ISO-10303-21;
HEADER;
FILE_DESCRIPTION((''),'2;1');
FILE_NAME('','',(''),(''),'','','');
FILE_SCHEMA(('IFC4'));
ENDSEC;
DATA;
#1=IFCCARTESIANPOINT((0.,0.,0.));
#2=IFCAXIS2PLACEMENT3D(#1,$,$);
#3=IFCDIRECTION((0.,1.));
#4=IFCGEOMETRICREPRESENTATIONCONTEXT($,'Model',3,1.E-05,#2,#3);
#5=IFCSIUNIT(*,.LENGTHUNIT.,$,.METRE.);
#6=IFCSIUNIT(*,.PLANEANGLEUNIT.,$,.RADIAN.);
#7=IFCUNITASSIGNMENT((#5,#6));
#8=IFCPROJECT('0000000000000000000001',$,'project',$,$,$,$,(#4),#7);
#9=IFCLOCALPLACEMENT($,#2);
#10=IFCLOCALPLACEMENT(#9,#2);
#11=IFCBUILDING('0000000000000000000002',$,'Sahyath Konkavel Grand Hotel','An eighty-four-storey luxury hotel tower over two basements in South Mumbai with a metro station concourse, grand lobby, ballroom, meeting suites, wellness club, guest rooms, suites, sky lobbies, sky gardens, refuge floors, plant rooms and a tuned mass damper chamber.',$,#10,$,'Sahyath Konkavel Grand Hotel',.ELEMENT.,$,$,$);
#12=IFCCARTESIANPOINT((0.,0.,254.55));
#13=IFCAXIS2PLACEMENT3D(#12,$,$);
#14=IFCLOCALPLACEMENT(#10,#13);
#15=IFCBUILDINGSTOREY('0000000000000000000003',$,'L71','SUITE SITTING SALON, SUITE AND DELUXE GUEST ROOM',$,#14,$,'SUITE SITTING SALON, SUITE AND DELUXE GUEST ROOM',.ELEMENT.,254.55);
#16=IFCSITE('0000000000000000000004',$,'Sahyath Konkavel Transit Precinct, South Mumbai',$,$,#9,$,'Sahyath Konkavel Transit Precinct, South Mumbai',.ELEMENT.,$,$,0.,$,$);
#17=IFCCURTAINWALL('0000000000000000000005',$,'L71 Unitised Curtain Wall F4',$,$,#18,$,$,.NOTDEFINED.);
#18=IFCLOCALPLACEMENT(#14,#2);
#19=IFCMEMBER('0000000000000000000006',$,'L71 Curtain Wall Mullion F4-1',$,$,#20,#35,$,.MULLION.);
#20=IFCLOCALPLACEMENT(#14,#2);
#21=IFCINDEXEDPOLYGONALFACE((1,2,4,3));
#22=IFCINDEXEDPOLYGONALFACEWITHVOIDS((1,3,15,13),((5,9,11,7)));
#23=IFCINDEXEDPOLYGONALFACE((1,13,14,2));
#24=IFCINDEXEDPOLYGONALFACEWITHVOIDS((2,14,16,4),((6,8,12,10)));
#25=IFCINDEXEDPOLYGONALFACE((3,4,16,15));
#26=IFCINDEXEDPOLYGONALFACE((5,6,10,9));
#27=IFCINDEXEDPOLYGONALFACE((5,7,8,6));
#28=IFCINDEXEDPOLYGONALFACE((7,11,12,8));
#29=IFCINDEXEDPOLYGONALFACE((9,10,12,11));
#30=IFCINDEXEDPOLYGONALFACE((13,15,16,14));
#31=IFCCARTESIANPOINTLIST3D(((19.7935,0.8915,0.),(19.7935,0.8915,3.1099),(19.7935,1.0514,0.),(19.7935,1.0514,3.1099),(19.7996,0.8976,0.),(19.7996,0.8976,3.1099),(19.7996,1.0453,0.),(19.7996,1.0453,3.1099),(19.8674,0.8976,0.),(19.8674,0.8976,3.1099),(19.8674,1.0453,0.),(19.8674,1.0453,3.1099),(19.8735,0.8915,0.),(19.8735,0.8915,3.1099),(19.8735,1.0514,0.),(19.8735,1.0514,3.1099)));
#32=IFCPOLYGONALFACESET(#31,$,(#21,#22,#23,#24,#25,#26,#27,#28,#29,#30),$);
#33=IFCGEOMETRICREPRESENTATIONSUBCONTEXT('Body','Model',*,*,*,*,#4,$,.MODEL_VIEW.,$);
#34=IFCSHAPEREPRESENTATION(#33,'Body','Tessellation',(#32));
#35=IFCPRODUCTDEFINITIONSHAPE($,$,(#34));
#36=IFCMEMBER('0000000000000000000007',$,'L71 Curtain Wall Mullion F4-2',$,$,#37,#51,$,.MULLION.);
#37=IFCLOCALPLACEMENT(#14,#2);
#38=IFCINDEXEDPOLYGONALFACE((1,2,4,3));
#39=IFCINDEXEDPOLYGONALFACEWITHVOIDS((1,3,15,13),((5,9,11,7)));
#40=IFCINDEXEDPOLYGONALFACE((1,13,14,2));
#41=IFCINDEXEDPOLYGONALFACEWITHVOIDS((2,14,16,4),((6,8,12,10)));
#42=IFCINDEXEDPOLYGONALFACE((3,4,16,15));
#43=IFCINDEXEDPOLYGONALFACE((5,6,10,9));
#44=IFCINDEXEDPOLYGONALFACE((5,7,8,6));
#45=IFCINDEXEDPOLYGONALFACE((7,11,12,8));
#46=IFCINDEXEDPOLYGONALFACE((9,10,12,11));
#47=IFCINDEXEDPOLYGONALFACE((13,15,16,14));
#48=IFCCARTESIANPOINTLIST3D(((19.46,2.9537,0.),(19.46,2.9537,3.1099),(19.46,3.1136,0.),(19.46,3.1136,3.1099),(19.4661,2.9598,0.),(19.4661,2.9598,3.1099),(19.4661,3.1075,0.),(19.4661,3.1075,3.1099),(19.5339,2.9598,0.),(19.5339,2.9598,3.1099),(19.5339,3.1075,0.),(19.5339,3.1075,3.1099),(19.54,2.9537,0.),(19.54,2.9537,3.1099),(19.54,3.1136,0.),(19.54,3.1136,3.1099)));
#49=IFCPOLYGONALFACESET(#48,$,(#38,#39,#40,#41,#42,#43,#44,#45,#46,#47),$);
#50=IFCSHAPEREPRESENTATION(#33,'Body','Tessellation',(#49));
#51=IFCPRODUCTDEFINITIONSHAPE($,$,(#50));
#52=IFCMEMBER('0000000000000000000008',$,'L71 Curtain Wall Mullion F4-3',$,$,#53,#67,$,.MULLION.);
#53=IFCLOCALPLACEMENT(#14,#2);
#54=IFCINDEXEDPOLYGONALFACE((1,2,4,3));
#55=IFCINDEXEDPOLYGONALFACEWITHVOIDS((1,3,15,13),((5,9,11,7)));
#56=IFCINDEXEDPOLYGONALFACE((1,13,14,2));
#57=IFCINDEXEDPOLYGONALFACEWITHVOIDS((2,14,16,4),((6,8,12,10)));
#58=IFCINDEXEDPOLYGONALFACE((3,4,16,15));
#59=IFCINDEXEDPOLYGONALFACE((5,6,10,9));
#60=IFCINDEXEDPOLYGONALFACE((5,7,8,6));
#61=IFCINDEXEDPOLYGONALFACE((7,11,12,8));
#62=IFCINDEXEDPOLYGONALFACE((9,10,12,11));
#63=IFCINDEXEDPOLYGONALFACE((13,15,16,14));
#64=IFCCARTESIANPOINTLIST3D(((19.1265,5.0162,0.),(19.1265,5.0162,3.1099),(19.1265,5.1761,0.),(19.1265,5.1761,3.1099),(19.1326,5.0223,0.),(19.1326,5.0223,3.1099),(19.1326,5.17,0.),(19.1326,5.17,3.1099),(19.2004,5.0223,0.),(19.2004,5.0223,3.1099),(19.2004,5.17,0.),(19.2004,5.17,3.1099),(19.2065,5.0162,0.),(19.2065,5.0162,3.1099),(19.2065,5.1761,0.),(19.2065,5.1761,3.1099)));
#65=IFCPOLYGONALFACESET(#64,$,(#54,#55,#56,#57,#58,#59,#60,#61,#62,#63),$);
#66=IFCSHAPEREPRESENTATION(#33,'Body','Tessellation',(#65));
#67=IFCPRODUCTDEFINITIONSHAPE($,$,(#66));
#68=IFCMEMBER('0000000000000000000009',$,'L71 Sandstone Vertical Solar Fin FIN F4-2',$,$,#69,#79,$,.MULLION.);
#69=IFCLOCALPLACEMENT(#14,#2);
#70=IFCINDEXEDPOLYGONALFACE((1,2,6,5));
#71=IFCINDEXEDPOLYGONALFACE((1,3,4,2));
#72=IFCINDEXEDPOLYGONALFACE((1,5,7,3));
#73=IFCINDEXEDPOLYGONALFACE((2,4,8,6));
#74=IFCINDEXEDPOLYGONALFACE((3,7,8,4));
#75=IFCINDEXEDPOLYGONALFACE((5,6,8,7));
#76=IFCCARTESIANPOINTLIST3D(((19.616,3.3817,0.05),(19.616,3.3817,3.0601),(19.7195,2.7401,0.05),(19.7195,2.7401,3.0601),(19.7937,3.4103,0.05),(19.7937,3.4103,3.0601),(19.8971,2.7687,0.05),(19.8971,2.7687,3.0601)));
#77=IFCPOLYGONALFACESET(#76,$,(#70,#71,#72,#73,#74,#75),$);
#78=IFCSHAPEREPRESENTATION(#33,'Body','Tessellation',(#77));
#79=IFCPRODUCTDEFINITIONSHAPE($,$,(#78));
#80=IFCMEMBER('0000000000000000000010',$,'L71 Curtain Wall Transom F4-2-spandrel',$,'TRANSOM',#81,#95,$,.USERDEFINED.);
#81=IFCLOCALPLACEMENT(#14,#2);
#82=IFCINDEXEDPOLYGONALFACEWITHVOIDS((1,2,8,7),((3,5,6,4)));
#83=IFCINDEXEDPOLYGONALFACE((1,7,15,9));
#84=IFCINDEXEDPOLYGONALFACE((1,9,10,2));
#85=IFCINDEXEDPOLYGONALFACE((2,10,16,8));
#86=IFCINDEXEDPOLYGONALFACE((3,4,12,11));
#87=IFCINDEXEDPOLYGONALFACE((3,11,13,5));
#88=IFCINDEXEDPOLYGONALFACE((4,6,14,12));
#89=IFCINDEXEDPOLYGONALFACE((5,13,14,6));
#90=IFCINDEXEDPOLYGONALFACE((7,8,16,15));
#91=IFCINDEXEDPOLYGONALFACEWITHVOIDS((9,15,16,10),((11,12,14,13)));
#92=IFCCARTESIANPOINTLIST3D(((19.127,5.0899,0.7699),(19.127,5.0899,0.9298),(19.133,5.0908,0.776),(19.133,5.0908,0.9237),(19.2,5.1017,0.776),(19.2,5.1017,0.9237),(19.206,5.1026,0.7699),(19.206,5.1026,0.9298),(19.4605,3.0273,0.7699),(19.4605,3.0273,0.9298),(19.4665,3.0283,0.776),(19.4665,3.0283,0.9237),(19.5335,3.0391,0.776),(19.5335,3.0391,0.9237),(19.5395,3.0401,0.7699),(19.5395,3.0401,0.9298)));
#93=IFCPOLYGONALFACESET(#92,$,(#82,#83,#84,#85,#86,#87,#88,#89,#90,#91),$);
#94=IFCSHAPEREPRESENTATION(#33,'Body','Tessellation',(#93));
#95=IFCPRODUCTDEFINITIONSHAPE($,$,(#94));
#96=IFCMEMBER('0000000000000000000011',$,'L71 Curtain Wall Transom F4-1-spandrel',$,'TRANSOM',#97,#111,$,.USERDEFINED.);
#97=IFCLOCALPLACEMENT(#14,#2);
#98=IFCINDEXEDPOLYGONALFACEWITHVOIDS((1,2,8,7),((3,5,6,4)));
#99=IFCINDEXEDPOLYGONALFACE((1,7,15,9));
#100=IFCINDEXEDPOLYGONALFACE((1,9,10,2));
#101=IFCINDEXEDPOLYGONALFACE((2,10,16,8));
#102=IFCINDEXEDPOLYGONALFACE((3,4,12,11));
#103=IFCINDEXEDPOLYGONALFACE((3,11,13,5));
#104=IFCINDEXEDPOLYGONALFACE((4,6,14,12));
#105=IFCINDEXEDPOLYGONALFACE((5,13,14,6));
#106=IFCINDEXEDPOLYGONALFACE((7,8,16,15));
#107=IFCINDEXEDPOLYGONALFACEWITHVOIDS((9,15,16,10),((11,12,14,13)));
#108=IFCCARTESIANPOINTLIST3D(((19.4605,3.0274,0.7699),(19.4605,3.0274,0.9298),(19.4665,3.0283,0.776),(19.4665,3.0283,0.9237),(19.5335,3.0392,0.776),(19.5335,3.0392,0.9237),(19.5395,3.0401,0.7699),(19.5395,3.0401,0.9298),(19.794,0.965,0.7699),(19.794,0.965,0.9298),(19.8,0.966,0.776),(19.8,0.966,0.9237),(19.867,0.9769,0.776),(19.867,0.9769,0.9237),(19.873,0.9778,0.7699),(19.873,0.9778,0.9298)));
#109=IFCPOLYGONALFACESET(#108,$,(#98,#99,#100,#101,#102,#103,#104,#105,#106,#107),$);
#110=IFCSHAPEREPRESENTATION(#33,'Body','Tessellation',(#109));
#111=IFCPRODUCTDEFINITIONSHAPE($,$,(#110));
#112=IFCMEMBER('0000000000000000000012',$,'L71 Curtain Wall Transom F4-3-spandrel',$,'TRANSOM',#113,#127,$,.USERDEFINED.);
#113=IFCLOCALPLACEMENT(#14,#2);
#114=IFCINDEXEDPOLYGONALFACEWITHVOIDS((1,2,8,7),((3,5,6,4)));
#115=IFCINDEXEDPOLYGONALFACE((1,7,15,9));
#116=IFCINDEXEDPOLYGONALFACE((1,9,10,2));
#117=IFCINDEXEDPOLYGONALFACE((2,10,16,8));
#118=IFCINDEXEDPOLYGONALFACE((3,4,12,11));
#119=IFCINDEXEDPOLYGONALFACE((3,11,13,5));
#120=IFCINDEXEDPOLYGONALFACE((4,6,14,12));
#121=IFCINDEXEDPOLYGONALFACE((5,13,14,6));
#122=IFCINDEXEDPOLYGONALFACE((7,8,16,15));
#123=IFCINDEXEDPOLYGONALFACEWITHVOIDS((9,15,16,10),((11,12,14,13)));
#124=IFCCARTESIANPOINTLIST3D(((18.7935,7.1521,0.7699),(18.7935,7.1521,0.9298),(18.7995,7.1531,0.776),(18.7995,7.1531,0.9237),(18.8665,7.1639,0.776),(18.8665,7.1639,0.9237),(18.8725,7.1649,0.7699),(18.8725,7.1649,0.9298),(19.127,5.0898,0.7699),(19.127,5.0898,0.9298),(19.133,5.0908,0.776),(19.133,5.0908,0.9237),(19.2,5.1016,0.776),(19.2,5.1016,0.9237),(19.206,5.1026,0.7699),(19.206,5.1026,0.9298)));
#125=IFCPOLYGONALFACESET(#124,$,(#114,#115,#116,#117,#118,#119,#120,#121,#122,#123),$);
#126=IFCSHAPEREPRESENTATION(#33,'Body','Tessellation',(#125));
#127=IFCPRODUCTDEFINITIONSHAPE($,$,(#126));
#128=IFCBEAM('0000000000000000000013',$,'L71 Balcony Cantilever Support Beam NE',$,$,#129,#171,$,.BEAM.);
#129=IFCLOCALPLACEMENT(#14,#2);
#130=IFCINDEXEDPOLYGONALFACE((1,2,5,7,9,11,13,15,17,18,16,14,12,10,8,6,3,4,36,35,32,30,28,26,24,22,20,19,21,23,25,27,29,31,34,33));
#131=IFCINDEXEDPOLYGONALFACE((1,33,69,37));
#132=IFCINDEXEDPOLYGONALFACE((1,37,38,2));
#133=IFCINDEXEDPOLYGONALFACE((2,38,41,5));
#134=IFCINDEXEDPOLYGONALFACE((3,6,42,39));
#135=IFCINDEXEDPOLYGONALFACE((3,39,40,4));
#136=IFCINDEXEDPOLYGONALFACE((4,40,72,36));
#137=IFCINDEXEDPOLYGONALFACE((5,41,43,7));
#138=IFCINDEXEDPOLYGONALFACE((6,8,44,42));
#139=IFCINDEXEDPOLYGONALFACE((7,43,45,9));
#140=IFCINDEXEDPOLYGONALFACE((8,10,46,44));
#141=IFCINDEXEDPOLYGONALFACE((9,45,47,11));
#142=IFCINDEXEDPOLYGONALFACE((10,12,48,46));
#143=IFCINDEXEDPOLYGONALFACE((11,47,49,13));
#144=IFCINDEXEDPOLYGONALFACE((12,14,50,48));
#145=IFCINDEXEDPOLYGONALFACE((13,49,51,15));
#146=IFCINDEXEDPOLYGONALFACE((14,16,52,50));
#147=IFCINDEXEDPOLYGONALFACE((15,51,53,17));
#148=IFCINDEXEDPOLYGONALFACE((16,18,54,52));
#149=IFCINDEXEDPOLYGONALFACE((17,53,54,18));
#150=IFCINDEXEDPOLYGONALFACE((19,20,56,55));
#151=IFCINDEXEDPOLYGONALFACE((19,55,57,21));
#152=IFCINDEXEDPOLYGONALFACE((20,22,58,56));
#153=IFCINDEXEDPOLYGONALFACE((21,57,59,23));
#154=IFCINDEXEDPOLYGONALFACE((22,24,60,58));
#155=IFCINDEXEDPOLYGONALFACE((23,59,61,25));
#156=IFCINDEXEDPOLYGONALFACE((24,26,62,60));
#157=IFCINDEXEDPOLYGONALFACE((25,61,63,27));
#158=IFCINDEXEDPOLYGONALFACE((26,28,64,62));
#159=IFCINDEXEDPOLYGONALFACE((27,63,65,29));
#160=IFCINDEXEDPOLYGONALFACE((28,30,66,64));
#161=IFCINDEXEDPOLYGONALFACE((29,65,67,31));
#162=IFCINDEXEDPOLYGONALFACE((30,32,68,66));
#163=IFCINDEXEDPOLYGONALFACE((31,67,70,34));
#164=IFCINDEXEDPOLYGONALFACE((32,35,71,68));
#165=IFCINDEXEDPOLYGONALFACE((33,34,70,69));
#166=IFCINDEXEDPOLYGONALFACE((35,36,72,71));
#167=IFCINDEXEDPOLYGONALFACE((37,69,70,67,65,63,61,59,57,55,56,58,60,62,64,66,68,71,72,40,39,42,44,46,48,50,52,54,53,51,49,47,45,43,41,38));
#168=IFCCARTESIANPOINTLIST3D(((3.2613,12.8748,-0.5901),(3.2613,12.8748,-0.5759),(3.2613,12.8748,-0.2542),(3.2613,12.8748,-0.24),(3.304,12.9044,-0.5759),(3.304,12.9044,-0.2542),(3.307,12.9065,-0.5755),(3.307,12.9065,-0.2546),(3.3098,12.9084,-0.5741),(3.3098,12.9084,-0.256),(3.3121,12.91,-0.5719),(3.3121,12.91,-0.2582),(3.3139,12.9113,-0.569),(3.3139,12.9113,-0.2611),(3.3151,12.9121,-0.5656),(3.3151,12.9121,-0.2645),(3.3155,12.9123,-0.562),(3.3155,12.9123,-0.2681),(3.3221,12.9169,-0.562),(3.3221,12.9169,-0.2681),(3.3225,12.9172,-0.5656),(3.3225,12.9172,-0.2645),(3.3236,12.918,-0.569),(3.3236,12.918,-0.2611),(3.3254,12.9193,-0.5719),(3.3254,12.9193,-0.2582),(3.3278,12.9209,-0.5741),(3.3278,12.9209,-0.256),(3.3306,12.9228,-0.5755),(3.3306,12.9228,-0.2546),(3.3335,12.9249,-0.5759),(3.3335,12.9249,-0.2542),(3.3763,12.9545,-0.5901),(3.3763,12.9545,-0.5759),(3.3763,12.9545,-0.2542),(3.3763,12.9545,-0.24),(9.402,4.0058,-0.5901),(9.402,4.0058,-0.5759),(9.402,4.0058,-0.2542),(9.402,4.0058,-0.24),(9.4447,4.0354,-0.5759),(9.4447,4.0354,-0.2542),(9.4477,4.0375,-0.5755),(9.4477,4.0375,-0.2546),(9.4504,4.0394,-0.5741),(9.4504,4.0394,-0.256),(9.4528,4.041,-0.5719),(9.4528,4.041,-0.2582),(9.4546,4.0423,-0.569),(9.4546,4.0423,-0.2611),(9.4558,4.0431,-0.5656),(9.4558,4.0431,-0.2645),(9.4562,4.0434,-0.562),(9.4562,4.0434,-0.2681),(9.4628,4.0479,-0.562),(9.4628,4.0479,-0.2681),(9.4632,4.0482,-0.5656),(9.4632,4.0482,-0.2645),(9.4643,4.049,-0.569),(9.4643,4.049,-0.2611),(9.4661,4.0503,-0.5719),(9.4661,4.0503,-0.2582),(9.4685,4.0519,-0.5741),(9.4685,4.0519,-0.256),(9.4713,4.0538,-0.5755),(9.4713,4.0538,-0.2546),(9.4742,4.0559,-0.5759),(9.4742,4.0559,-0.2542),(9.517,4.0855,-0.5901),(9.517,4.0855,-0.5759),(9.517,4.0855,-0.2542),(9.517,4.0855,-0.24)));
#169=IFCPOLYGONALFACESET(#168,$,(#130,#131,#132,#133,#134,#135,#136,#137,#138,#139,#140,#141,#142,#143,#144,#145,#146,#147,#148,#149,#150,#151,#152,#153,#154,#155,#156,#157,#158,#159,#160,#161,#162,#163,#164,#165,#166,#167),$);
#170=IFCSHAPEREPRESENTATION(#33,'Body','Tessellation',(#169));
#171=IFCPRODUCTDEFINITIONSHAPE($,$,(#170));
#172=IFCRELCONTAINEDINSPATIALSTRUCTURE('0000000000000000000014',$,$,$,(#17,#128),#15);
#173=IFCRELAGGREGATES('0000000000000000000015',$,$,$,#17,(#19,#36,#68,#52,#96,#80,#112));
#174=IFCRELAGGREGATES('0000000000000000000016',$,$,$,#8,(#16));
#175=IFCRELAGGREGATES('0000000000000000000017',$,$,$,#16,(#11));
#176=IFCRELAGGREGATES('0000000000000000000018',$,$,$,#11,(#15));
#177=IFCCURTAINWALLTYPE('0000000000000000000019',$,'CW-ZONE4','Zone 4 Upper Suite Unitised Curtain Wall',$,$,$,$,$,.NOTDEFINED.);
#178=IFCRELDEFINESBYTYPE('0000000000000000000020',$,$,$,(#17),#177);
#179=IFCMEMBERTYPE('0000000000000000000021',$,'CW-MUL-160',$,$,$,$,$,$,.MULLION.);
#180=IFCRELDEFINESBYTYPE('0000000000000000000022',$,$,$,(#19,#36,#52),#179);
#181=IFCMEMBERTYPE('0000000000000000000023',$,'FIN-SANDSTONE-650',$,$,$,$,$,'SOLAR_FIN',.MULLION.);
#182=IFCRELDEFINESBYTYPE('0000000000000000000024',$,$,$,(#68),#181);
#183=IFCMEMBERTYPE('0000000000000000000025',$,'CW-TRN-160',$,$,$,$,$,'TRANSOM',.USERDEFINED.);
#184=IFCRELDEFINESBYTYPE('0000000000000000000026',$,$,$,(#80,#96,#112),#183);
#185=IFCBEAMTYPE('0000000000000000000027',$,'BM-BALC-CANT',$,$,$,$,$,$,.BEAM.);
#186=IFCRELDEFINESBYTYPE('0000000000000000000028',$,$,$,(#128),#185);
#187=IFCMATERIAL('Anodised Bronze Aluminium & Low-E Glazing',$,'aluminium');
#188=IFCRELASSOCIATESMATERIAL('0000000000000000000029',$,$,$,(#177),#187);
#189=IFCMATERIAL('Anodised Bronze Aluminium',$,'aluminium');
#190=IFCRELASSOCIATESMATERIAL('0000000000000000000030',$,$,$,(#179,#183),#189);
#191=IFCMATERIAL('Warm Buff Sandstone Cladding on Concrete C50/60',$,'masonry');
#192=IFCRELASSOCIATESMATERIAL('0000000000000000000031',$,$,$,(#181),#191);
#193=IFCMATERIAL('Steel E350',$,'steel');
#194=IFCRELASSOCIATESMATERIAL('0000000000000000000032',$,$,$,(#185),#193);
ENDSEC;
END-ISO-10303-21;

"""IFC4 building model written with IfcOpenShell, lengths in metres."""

from ifc_helpers import new_model, si_unit, direction, frame, origin, origin_2d, place, context, subcontext, project, spatial, rectangle, hollow_rectangle, i_section, extrude, source, transform, mapped, material, material_profile, profile_set, type_object, element, aggregate, save


model = new_model("IFC4")

# Units and contexts
model_context = context("Model", 3, precision=1e-05, world=origin(), true_north=direction((0.0, 1.0)))
body_context = subcontext(model_context, "Body", "Model", "MODEL_VIEW")
ifc_project = project(units=[si_unit("LENGTHUNIT", "METRE"), si_unit("PLANEANGLEUNIT", "RADIAN")], contexts=[model_context])

# Site, building, storey
site_placement = place(None, origin())
site = spatial("IfcSite", under=ifc_project, at=site_placement, Name="Sahyath Konkavel Transit Precinct, South Mumbai", LongName="Sahyath Konkavel Transit Precinct, South Mumbai", CompositionType="ELEMENT", RefElevation=0.0)
building_placement = place(site_placement, origin())
building = spatial("IfcBuilding", under=site, at=building_placement, Name="Sahyath Konkavel Grand Hotel", Description="An eighty-four-storey luxury hotel tower over two basements in South Mumbai with a metro station concourse, grand lobby, ballroom, meeting suites, wellness club, guest rooms, suites, sky lobbies, sky gardens, refuge floors, plant rooms and a tuned mass damper chamber.", LongName="Sahyath Konkavel Grand Hotel", CompositionType="ELEMENT")
storey_placement = place(building_placement, frame((0.0, 0.0, 254.55)))
storey = spatial("IfcBuildingStorey", under=building, at=storey_placement, Name="L71", Description="SUITE SITTING SALON, SUITE AND DELUXE GUEST ROOM", LongName="SUITE SITTING SALON, SUITE AND DELUXE GUEST ROOM", CompositionType="ELEMENT", Elevation=254.55)

# Curtain wall, members
ifc_material_1 = material(Name="Anodised Bronze Aluminium & Low-E Glazing", Category="aluminium")
curtain_wall_type = type_object("IfcCurtainWallType", Name="CW-ZONE4", Description="Zone 4 Upper Suite Unitised Curtain Wall", PredefinedType="NOTDEFINED", material=ifc_material_1)
curtain_wall_1_placement = place(storey_placement, origin())
curtain_wall_1 = element("IfcCurtainWall", 1, at=curtain_wall_1_placement, inside=storey, type_object=curtain_wall_type, Name="L71 Unitised Curtain Wall F4", PredefinedType="NOTDEFINED")
ifc_material_2 = material(Name="Anodised Bronze Aluminium", Category="aluminium")
ifc_material_profile_1 = material_profile(ifc_material_2, hollow_rectangle(XDim=0.0801, YDim=0.1599, WallThickness=0.0061, at=origin_2d()), Name="RHS 160x80x6")
ifc_profile_set_1 = profile_set([ifc_material_profile_1], Name="Anodised Bronze Aluminium")
member_type_1 = type_object("IfcMemberType", Name="CW-MUL-160", PredefinedType="MULLION", material=ifc_profile_set_1)
shared_shape_1 = source(origin(), body_context, "Body", "SweptSolid", [
    extrude(hollow_rectangle(XDim=0.0801, YDim=0.1599, WallThickness=0.0061, at=origin_2d()), origin(), (0.0, 0.0, 1.0), 3.1099),
])
member_1_placement = place(storey_placement, frame((19.8335, 0.9714, 0.0), z_axis=(0.0, 0.0, 1.0), x_axis=(1.0, 0.0, 0.0)))
member_1 = element("IfcMember", 2, at=member_1_placement, type_object=member_type_1, Name="L71 Curtain Wall Mullion F4-1", PredefinedType="MULLION", context=body_context, shape_type="MappedRepresentation", body=[
    mapped(shared_shape_1, transform((0.0, 0.0, 0.0), scale=1.0)),
])
member_2_placement = place(storey_placement, frame((19.5, 3.0337, 0.0), z_axis=(0.0, 0.0, 1.0), x_axis=(1.0, 0.0, 0.0)))
member_2 = element("IfcMember", 3, at=member_2_placement, type_object=member_type_1, Name="L71 Curtain Wall Mullion F4-2", PredefinedType="MULLION", context=body_context, shape_type="MappedRepresentation", body=[
    mapped(shared_shape_1, transform((0.0, 0.0, 0.0), scale=1.0)),
])
member_3_placement = place(storey_placement, frame((19.1665, 5.0962, 0.0), z_axis=(0.0, 0.0, 1.0), x_axis=(1.0, 0.0, 0.0)))
member_3 = element("IfcMember", 4, at=member_3_placement, type_object=member_type_1, Name="L71 Curtain Wall Mullion F4-3", PredefinedType="MULLION", context=body_context, shape_type="MappedRepresentation", body=[
    mapped(shared_shape_1, transform((0.0, 0.0, 0.0), scale=1.0)),
])
ifc_material_3 = material(Name="Warm Buff Sandstone Cladding on Concrete C50/60", Category="masonry")
ifc_material_profile_2 = material_profile(ifc_material_3, rectangle(XDim=0.1799, YDim=0.6499, at=origin_2d()), Name="FIN 180x650")
ifc_profile_set_2 = profile_set([ifc_material_profile_2], Name="Warm Buff Sandstone Cladding on Concrete C50/60")
member_type_2 = type_object("IfcMemberType", Name="FIN-SANDSTONE-650", ElementType="SOLAR_FIN", PredefinedType="MULLION", material=ifc_profile_set_2)
shared_shape_2 = source(origin(), body_context, "Body", "SweptSolid", [
    extrude(rectangle(XDim=0.1799, YDim=0.6499, at=origin_2d()), origin(), (0.0, 0.0, 1.0), 3.01),
])
member_4_placement = place(storey_placement, frame((19.7566, 3.0752, 0.05), z_axis=(0.0, 0.0, 1.0), x_axis=(0.987248, 0.159192, 0.0)))
member_4 = element("IfcMember", 5, at=member_4_placement, type_object=member_type_2, Name="L71 Sandstone Vertical Solar Fin FIN F4-2", PredefinedType="MULLION", context=body_context, shape_type="MappedRepresentation", body=[
    mapped(shared_shape_2, transform((0.0, 0.0, 0.0), scale=1.0)),
])
ifc_material_profile_3 = material_profile(ifc_material_2, hollow_rectangle(XDim=0.0801, YDim=0.1599, WallThickness=0.0061, at=origin_2d()), Name="RHS 160x80x6")
ifc_profile_set_3 = profile_set([ifc_material_profile_3], Name="Anodised Bronze Aluminium")
member_type_3 = type_object("IfcMemberType", Name="CW-TRN-160", ElementType="TRANSOM", PredefinedType="USERDEFINED", material=ifc_profile_set_3)
shared_shape_3 = source(origin(), body_context, "Body", "SweptSolid", [
    extrude(hollow_rectangle(XDim=0.0801, YDim=0.1599, WallThickness=0.0061, at=origin_2d()), origin(), (0.0, 0.0, 1.0), 2.0894),
])
member_5_placement = place(storey_placement, frame((19.5, 3.0337, 0.8499), z_axis=(-0.159622, 0.987178, 0.0), x_axis=(-0.987178, -0.159622, 0.0)))
member_5 = element("IfcMember", 6, at=member_5_placement, type_object=member_type_3, Name="L71 Curtain Wall Transom F4-2-spandrel", ObjectType="TRANSOM", PredefinedType="USERDEFINED", context=body_context, shape_type="MappedRepresentation", body=[
    mapped(shared_shape_3, transform((0.0, 0.0, 0.0), scale=1.0)),
])
shared_shape_4 = source(origin(), body_context, "Body", "SweptSolid", [
    extrude(hollow_rectangle(XDim=0.0801, YDim=0.1599, WallThickness=0.0061, at=origin_2d()), origin(), (0.0, 0.0, 1.0), 2.0891),
])
member_6_placement = place(storey_placement, frame((19.8335, 0.9714, 0.8499), z_axis=(-0.15964, 0.987175, 0.0), x_axis=(-0.987175, -0.15964, 0.0)))
member_6 = element("IfcMember", 7, at=member_6_placement, type_object=member_type_3, Name="L71 Curtain Wall Transom F4-1-spandrel", ObjectType="TRANSOM", PredefinedType="USERDEFINED", context=body_context, shape_type="MappedRepresentation", body=[
    mapped(shared_shape_4, transform((0.0, 0.0, 0.0), scale=1.0)),
])
member_7_placement = place(storey_placement, frame((19.1665, 5.0962, 0.8499), z_axis=(-0.15964, 0.987175, 0.0), x_axis=(-0.987175, -0.15964, 0.0)))
member_7 = element("IfcMember", 8, at=member_7_placement, type_object=member_type_3, Name="L71 Curtain Wall Transom F4-3-spandrel", ObjectType="TRANSOM", PredefinedType="USERDEFINED", context=body_context, shape_type="MappedRepresentation", body=[
    mapped(shared_shape_4, transform((0.0, 0.0, 0.0), scale=1.0)),
])

# Beam
ifc_material_4 = material(Name="Steel E350", Category="steel")
ifc_material_profile_4 = material_profile(ifc_material_4, i_section(OverallWidth=0.1399, OverallDepth=0.3501, WebThickness=0.0081, FlangeThickness=0.0142, FilletRadius=0.0139, at=origin_2d()), Name="ISMB 350")
ifc_profile_set_4 = profile_set([ifc_material_profile_4], Name="Steel E350")
beam_type = type_object("IfcBeamType", Name="BM-BALC-CANT", PredefinedType="BEAM", material=ifc_profile_set_4)
shared_shape_5 = source(origin(), body_context, "Body", "SweptSolid", [
    extrude(i_section(OverallWidth=0.1399, OverallDepth=0.3501, WebThickness=0.0081, FlangeThickness=0.0142, FilletRadius=0.0139, at=origin_2d()), origin(), (0.0, 0.0, 1.0), 10.7874),
])
beam_placement = place(storey_placement, frame((9.4595, 4.0457, -0.415), z_axis=(-0.569249, 0.822165, 0.0), x_axis=(-0.822165, -0.569249, 0.0)))
element("IfcBeam", 9, at=beam_placement, inside=storey, type_object=beam_type, Name="L71 Balcony Cantilever Support Beam NE", PredefinedType="BEAM", context=body_context, shape_type="MappedRepresentation", body=[
    mapped(shared_shape_5, transform((0.0, 0.0, 0.0), scale=1.0)),
])

aggregate(curtain_wall_1, [member_1, member_2, member_4, member_3, member_6, member_5, member_7])

save(model, "model.ifc")
